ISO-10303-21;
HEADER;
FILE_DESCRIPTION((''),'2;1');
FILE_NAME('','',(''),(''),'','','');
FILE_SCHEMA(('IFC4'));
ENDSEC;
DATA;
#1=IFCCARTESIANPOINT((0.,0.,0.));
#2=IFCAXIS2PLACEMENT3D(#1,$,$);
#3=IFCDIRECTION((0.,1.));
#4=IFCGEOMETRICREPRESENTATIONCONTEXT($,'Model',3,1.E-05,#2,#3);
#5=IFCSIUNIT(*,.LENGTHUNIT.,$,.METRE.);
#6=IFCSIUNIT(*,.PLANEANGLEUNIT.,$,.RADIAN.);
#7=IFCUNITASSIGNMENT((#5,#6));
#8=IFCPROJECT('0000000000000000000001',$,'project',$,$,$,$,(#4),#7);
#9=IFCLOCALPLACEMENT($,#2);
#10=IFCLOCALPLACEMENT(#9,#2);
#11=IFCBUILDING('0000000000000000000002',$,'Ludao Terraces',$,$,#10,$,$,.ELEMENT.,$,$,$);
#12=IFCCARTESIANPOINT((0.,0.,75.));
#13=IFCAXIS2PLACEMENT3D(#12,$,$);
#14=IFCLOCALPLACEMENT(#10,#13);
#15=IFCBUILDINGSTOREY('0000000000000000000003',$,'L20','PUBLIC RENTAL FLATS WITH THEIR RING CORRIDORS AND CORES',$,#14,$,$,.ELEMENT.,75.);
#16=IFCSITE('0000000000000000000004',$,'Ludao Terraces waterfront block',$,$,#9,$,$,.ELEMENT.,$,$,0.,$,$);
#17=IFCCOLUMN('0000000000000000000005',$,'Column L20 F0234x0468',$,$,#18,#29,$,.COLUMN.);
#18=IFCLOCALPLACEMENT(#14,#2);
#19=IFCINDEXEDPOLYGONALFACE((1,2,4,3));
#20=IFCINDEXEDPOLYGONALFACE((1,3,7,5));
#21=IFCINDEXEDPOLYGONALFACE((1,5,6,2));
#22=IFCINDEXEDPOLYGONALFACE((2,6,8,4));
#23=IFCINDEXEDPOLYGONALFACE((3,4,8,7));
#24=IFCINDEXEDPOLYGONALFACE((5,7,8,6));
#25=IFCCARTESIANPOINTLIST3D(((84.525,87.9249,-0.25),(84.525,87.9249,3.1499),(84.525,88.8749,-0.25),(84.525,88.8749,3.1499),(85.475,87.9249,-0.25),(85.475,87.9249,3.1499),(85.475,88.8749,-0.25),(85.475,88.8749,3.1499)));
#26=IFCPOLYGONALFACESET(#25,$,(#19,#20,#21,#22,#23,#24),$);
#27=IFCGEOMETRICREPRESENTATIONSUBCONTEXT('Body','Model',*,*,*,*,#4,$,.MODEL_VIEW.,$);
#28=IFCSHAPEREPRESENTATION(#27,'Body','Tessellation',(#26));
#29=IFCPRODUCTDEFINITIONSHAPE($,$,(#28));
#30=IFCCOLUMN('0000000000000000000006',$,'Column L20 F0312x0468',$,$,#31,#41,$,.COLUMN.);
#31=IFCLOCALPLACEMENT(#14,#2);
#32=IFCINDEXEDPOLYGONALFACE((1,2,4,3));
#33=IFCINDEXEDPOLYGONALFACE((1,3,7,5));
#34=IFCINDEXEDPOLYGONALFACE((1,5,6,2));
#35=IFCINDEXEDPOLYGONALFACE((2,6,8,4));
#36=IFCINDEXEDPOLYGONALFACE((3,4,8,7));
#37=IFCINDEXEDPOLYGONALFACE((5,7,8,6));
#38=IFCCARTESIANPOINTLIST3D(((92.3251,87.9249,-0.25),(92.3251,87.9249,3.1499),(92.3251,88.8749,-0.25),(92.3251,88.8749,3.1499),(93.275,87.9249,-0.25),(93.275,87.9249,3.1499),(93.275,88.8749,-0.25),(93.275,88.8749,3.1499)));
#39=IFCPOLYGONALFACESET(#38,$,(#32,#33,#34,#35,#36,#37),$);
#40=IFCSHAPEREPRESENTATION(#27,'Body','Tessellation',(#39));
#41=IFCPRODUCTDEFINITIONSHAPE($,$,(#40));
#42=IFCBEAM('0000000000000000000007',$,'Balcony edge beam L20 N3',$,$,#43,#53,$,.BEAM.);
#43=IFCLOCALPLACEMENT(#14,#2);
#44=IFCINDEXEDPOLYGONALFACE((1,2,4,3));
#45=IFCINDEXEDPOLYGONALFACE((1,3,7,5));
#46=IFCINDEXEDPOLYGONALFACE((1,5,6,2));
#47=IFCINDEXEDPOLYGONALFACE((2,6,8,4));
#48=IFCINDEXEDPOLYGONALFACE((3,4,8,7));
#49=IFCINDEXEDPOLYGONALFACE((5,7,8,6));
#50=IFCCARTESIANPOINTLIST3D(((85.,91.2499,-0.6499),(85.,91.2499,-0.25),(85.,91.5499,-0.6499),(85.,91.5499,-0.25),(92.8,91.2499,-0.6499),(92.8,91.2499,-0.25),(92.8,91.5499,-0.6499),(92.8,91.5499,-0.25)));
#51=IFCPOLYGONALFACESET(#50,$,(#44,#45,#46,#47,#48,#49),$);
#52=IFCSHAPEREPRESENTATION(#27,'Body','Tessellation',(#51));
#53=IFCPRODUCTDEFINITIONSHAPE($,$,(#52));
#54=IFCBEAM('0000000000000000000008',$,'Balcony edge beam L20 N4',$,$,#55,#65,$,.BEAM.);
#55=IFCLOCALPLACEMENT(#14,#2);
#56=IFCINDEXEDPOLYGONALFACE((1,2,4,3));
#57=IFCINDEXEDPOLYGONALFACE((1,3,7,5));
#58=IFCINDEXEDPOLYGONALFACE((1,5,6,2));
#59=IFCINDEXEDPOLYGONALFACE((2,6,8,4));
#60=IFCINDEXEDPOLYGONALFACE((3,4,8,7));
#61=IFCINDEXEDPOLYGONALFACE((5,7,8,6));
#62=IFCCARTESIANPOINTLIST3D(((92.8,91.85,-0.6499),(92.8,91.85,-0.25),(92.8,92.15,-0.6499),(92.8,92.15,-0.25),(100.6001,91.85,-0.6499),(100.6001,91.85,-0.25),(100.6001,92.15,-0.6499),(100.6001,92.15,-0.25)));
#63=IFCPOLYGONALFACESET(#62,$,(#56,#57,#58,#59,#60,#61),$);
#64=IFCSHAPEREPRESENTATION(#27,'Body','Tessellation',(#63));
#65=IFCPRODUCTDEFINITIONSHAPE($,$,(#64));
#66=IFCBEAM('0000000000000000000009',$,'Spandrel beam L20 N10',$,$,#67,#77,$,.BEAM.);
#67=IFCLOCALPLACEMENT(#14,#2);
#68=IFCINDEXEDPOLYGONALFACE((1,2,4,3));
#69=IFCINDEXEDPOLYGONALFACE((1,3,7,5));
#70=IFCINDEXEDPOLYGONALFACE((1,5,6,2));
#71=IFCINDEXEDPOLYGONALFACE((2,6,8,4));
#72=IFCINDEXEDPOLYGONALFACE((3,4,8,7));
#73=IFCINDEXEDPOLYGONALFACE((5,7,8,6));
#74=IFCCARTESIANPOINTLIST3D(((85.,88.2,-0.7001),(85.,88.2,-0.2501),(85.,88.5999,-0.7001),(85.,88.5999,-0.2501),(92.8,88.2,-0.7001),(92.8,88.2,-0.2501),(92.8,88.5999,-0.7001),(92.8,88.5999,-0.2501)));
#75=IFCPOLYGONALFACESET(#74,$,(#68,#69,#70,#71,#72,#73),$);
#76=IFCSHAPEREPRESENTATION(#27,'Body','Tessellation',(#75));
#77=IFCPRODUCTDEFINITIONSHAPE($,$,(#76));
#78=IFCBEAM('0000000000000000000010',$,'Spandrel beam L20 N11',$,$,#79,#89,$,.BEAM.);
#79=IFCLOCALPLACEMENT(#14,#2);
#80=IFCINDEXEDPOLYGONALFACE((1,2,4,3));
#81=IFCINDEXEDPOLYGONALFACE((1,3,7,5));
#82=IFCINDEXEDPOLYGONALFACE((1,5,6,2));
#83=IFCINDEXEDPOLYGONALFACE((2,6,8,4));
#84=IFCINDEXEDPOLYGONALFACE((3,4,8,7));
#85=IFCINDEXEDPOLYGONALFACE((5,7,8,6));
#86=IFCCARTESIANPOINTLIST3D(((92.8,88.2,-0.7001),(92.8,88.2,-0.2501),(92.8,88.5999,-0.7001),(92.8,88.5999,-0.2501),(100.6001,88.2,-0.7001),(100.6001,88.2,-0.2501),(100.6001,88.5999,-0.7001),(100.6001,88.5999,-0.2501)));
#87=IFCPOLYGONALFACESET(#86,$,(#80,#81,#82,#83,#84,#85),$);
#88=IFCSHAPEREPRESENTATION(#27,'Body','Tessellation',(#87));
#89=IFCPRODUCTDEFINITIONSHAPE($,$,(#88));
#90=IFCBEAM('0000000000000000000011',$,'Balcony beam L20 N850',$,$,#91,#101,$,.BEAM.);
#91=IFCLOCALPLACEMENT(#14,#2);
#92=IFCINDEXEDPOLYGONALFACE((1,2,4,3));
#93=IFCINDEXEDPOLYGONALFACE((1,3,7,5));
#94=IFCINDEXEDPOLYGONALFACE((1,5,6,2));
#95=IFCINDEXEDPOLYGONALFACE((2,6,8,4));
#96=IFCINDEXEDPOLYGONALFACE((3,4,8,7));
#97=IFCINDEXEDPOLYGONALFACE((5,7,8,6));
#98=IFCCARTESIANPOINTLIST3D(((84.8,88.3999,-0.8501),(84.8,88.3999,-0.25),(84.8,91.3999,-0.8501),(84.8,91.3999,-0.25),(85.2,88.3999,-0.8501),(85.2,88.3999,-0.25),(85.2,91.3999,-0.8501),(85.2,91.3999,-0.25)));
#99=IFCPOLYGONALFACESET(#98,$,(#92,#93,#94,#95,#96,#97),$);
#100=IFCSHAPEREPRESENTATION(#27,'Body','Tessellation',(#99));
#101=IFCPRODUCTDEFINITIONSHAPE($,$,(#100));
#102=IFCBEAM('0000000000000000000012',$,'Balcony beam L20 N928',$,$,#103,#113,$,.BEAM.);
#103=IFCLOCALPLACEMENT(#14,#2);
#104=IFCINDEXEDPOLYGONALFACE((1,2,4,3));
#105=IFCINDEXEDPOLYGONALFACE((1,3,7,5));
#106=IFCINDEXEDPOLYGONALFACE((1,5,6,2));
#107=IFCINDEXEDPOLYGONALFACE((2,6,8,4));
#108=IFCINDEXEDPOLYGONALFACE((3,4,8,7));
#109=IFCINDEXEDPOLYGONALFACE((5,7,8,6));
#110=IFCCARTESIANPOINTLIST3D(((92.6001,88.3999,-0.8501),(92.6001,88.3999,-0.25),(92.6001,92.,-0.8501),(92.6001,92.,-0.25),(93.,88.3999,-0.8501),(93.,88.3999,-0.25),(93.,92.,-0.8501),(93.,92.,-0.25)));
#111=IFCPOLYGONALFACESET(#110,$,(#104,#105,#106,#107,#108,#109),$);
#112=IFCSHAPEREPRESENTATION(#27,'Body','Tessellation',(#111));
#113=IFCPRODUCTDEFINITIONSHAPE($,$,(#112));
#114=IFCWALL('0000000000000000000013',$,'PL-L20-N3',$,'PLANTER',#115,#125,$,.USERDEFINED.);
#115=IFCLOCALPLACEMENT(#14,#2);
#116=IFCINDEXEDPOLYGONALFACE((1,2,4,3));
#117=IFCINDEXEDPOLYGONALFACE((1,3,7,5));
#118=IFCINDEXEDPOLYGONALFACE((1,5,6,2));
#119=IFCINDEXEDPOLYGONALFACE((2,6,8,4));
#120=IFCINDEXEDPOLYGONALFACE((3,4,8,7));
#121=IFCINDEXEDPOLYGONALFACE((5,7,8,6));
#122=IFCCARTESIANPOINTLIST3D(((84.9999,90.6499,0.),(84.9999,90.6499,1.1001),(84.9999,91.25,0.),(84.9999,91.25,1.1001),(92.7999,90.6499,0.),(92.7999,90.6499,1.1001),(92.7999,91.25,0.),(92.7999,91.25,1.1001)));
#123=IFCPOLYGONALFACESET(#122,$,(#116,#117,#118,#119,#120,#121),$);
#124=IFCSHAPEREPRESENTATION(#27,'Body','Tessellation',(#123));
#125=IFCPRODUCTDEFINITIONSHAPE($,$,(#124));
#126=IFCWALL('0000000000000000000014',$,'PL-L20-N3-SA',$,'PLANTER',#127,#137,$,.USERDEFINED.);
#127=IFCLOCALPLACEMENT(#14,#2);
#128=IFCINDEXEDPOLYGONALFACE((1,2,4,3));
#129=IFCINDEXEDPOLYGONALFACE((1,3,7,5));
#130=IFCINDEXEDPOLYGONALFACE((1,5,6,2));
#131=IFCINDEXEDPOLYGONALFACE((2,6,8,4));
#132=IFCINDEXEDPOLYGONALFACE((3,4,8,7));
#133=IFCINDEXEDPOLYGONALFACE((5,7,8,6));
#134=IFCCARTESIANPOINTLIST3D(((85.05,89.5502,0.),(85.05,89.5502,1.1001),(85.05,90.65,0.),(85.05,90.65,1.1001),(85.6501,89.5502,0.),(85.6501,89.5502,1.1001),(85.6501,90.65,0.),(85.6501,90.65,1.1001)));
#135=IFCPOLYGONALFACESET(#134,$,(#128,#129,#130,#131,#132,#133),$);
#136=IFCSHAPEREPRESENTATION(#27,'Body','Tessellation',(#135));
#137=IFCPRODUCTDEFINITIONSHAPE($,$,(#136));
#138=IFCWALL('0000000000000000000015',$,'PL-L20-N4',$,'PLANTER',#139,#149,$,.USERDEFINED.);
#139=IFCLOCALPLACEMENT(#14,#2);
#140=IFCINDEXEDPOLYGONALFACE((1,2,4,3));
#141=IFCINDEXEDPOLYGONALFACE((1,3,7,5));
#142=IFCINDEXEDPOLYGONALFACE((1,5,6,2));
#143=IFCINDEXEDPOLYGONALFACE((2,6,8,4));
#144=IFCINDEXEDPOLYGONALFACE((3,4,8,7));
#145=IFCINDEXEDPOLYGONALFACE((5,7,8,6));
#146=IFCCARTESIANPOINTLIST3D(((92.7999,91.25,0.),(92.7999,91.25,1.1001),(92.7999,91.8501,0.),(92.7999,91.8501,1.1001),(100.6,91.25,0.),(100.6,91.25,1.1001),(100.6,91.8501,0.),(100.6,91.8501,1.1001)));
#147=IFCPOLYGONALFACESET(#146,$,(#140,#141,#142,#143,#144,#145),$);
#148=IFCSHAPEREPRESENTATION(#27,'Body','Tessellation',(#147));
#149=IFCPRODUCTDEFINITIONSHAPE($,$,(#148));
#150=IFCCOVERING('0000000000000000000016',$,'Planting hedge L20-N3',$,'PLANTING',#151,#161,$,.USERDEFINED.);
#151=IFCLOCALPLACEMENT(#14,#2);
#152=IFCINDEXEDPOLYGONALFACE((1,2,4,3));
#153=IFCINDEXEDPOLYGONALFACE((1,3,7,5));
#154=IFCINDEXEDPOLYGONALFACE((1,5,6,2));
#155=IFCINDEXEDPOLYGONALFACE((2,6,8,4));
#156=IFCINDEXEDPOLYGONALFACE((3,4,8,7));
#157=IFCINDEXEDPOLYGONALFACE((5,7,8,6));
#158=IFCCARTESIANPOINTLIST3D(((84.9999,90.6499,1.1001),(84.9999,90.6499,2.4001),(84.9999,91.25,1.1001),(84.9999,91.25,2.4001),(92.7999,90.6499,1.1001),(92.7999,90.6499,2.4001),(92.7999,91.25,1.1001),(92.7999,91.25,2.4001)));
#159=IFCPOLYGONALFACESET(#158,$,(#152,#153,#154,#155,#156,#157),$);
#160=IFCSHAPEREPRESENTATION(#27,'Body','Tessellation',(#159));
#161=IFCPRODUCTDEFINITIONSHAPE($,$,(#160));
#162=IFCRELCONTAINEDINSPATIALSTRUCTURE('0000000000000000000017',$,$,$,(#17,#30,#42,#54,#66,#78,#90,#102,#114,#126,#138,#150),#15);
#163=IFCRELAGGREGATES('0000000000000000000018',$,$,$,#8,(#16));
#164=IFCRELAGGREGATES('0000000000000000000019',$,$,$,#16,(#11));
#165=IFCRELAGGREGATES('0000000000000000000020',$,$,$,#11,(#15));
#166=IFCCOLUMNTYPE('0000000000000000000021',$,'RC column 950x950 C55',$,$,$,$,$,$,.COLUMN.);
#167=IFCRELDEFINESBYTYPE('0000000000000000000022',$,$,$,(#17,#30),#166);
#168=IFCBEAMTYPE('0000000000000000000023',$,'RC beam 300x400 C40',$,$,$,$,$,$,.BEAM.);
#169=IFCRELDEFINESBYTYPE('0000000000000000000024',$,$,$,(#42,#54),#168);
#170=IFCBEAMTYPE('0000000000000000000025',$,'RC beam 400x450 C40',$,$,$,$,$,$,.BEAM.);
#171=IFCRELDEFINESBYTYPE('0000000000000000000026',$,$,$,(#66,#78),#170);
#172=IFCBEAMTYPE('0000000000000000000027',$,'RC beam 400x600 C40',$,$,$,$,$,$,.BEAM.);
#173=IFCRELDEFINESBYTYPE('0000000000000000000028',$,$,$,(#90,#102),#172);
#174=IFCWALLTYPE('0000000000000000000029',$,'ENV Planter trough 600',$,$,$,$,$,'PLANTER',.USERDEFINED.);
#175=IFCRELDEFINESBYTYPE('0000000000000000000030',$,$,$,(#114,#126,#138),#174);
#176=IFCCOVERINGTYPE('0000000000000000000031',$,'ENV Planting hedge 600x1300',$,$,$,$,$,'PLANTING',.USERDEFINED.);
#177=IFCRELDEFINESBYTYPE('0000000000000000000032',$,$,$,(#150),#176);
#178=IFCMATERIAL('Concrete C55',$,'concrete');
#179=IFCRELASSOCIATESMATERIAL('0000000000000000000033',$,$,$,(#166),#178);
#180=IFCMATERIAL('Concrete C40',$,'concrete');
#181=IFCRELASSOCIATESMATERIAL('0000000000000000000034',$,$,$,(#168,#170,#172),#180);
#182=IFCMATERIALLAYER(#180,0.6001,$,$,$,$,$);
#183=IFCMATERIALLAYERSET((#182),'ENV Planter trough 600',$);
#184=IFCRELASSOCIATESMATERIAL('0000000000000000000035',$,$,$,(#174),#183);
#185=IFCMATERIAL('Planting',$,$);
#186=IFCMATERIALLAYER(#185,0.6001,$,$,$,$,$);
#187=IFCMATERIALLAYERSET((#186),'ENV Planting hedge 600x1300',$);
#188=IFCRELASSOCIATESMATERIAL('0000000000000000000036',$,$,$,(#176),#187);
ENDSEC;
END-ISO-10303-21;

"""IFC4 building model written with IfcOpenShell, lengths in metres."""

from ifc_helpers import new_model, si_unit, direction, frame, frame_2d, origin, origin_2d, place, context, subcontext, project, spatial, rectangle, extrude, material, layer, layer_set, material_profile, profile_set, type_object, element, save


model = new_model("IFC4")

# Units and contexts
model_context = context("Model", 3, precision=1e-05, world=origin(), true_north=direction((0.0, 1.0)))
body_context = subcontext(model_context, "Body", "Model", "MODEL_VIEW")
ifc_project = project(units=[si_unit("LENGTHUNIT", "METRE"), si_unit("PLANEANGLEUNIT", "RADIAN")], contexts=[model_context])

# Site, building, storey
site_placement = place(None, origin())
site = spatial("IfcSite", under=ifc_project, at=site_placement, Name="Ludao Terraces waterfront block", CompositionType="ELEMENT", RefElevation=0.0)
building_placement = place(site_placement, origin())
building = spatial("IfcBuilding", under=site, at=building_placement, Name="Ludao Terraces", CompositionType="ELEMENT")
storey_placement = place(building_placement, frame((0.0, 0.0, 75.0)))
storey = spatial("IfcBuildingStorey", under=building, at=storey_placement, Name="L20", Description="PUBLIC RENTAL FLATS WITH THEIR RING CORRIDORS AND CORES", CompositionType="ELEMENT", Elevation=75.0)

# Columns
ifc_material_1 = material(Name="Concrete C55", Category="concrete")
ifc_material_profile_1 = material_profile(ifc_material_1, rectangle(XDim=0.95, YDim=0.95, at=origin_2d()), Name="950 X 950")
ifc_profile_set_1 = profile_set([ifc_material_profile_1], Name="Concrete C55")
column_type = type_object("IfcColumnType", Name="RC column 950x950 C55", PredefinedType="COLUMN", material=ifc_profile_set_1)
for number, where, z_axis, x_axis, name in (
    (1, (85.0, 88.3999, -0.25), (0.0, 0.0, 1.0), (1.0, 0.0, 0.0), "Column L20 F0234x0468"),
    (2, (92.8, 88.3999, -0.25), (0.0, 0.0, 1.0), (1.0, 0.0, 0.0), "Column L20 F0312x0468"),
):
    element("IfcColumn", number, at=place(storey_placement, frame(where, z_axis=z_axis, x_axis=x_axis)), inside=storey, type_object=column_type, Name=name, PredefinedType="COLUMN", context=body_context, shape_type="SweptSolid", body=[
        extrude(rectangle(XDim=0.95, YDim=0.95, at=origin_2d()), origin(), (0.0, 0.0, 1.0), 3.3999),
    ])

# Beams
ifc_material_2 = material(Name="Concrete C40", Category="concrete")
ifc_material_profile_2 = material_profile(ifc_material_2, rectangle(XDim=0.3, YDim=0.3999, at=origin_2d()), Name="300 X 400")
ifc_profile_set_2 = profile_set([ifc_material_profile_2], Name="Concrete C40")
beam_type_1 = type_object("IfcBeamType", Name="RC beam 300x400 C40", PredefinedType="BEAM", material=ifc_profile_set_2)
for number, where, z_axis, x_axis, name in (
    (3, (85.0, 91.3999, -0.45), (1.0, 0.0, 0.0), (0.0, 1.0, 0.0), "Balcony edge beam L20 N3"),
    (4, (92.8, 92.0, -0.45), (1.0, 0.0, 0.0), (0.0, 1.0, 0.0), "Balcony edge beam L20 N4"),
):
    element("IfcBeam", number, at=place(storey_placement, frame(where, z_axis=z_axis, x_axis=x_axis)), inside=storey, type_object=beam_type_1, Name=name, PredefinedType="BEAM", context=body_context, shape_type="SweptSolid", body=[
        extrude(rectangle(XDim=0.3, YDim=0.3999, at=origin_2d()), origin(), (0.0, 0.0, 1.0), 7.8),
    ])
ifc_material_profile_3 = material_profile(ifc_material_2, rectangle(XDim=0.3999, YDim=0.45, at=origin_2d()), Name="400 X 450")
ifc_profile_set_3 = profile_set([ifc_material_profile_3], Name="Concrete C40")
beam_type_2 = type_object("IfcBeamType", Name="RC beam 400x450 C40", PredefinedType="BEAM", material=ifc_profile_set_3)
for number, where, z_axis, x_axis, name in (
    (5, (85.0, 88.3999, -0.4751), (1.0, 0.0, 0.0), (0.0, 1.0, 0.0), "Spandrel beam L20 N10"),
    (6, (92.8, 88.3999, -0.4751), (1.0, 0.0, 0.0), (0.0, 1.0, 0.0), "Spandrel beam L20 N11"),
):
    element("IfcBeam", number, at=place(storey_placement, frame(where, z_axis=z_axis, x_axis=x_axis)), inside=storey, type_object=beam_type_2, Name=name, PredefinedType="BEAM", context=body_context, shape_type="SweptSolid", body=[
        extrude(rectangle(XDim=0.3999, YDim=0.45, at=origin_2d()), origin(), (0.0, 0.0, 1.0), 7.8),
    ])
ifc_material_profile_4 = material_profile(ifc_material_2, rectangle(XDim=0.3999, YDim=0.6001, at=origin_2d()), Name="400 X 600")
ifc_profile_set_4 = profile_set([ifc_material_profile_4], Name="Concrete C40")
beam_type_3 = type_object("IfcBeamType", Name="RC beam 400x600 C40", PredefinedType="BEAM", material=ifc_profile_set_4)
beam_1_placement = place(storey_placement, frame((85.0, 88.3999, -0.55), z_axis=(0.0, 1.0, 0.0), x_axis=(-1.0, 0.0, 0.0)))
element("IfcBeam", 7, at=beam_1_placement, inside=storey, type_object=beam_type_3, Name="Balcony beam L20 N850", PredefinedType="BEAM", context=body_context, shape_type="SweptSolid", body=[
    extrude(rectangle(XDim=0.3999, YDim=0.6001, at=origin_2d()), origin(), (0.0, 0.0, 1.0), 3.0),
])
beam_2_placement = place(storey_placement, frame((92.8, 88.3999, -0.55), z_axis=(0.0, 1.0, 0.0), x_axis=(-1.0, 0.0, 0.0)))
element("IfcBeam", 8, at=beam_2_placement, inside=storey, type_object=beam_type_3, Name="Balcony beam L20 N928", PredefinedType="BEAM", context=body_context, shape_type="SweptSolid", body=[
    extrude(rectangle(XDim=0.3999, YDim=0.6001, at=origin_2d()), origin(), (0.0, 0.0, 1.0), 3.6001),
])

# Walls
ifc_layer_1 = layer(ifc_material_2, 0.6001)
ifc_layer_set_1 = layer_set([ifc_layer_1], Name="ENV Planter trough 600")
wall_type = type_object("IfcWallType", Name="ENV Planter trough 600", ElementType="PLANTER", PredefinedType="USERDEFINED", material=ifc_layer_set_1)
wall_1_placement = place(storey_placement, frame((85.0, 90.95, 0.0), z_axis=(0.0, 0.0, 1.0), x_axis=(1.0, 0.0, 0.0)))
element("IfcWall", 9, at=wall_1_placement, inside=storey, type_object=wall_type, Name="PL-L20-N3", ObjectType="PLANTER", PredefinedType="USERDEFINED", context=body_context, shape_type="SweptSolid", body=[
    extrude(rectangle(XDim=7.8, YDim=0.6001, at=frame_2d((3.8999, 0.0))), origin(), (0.0, 0.0, 1.0), 1.1001),
])
wall_2_placement = place(storey_placement, frame((85.3501, 90.6499, 0.0), z_axis=(0.0, 0.0, 1.0), x_axis=(0.0, -1.0, 0.0)))
element("IfcWall", 10, at=wall_2_placement, inside=storey, type_object=wall_type, Name="PL-L20-N3-SA", ObjectType="PLANTER", PredefinedType="USERDEFINED", context=body_context, shape_type="SweptSolid", body=[
    extrude(rectangle(XDim=1.0999, YDim=0.6001, at=frame_2d((0.5498, 0.0))), origin(), (0.0, 0.0, 1.0), 1.1001),
])
wall_3_placement = place(storey_placement, frame((92.8, 91.55, 0.0), z_axis=(0.0, 0.0, 1.0), x_axis=(1.0, 0.0, 0.0)))
element("IfcWall", 11, at=wall_3_placement, inside=storey, type_object=wall_type, Name="PL-L20-N4", ObjectType="PLANTER", PredefinedType="USERDEFINED", context=body_context, shape_type="SweptSolid", body=[
    extrude(rectangle(XDim=7.8, YDim=0.6001, at=frame_2d((3.8999, 0.0))), origin(), (0.0, 0.0, 1.0), 1.1001),
])

# Covering
ifc_material_3 = material(Name="Planting")
ifc_layer_2 = layer(ifc_material_3, 0.6001)
ifc_layer_set_2 = layer_set([ifc_layer_2], Name="ENV Planting hedge 600x1300")
covering_type = type_object("IfcCoveringType", Name="ENV Planting hedge 600x1300", ElementType="PLANTING", PredefinedType="USERDEFINED", material=ifc_layer_set_2)
covering_placement = place(storey_placement, frame((88.8999, 90.95, 1.1001), z_axis=(0.0, 0.0, 1.0), x_axis=(1.0, 0.0, 0.0)))
element("IfcCovering", 12, at=covering_placement, inside=storey, type_object=covering_type, Name="Planting hedge L20-N3", ObjectType="PLANTING", PredefinedType="USERDEFINED", context=body_context, shape_type="SweptSolid", body=[
    extrude(rectangle(XDim=7.8, YDim=0.6001, at=origin_2d()), origin(), (0.0, 0.0, 1.0), 1.3),
])

save(model, "model.ifc")
